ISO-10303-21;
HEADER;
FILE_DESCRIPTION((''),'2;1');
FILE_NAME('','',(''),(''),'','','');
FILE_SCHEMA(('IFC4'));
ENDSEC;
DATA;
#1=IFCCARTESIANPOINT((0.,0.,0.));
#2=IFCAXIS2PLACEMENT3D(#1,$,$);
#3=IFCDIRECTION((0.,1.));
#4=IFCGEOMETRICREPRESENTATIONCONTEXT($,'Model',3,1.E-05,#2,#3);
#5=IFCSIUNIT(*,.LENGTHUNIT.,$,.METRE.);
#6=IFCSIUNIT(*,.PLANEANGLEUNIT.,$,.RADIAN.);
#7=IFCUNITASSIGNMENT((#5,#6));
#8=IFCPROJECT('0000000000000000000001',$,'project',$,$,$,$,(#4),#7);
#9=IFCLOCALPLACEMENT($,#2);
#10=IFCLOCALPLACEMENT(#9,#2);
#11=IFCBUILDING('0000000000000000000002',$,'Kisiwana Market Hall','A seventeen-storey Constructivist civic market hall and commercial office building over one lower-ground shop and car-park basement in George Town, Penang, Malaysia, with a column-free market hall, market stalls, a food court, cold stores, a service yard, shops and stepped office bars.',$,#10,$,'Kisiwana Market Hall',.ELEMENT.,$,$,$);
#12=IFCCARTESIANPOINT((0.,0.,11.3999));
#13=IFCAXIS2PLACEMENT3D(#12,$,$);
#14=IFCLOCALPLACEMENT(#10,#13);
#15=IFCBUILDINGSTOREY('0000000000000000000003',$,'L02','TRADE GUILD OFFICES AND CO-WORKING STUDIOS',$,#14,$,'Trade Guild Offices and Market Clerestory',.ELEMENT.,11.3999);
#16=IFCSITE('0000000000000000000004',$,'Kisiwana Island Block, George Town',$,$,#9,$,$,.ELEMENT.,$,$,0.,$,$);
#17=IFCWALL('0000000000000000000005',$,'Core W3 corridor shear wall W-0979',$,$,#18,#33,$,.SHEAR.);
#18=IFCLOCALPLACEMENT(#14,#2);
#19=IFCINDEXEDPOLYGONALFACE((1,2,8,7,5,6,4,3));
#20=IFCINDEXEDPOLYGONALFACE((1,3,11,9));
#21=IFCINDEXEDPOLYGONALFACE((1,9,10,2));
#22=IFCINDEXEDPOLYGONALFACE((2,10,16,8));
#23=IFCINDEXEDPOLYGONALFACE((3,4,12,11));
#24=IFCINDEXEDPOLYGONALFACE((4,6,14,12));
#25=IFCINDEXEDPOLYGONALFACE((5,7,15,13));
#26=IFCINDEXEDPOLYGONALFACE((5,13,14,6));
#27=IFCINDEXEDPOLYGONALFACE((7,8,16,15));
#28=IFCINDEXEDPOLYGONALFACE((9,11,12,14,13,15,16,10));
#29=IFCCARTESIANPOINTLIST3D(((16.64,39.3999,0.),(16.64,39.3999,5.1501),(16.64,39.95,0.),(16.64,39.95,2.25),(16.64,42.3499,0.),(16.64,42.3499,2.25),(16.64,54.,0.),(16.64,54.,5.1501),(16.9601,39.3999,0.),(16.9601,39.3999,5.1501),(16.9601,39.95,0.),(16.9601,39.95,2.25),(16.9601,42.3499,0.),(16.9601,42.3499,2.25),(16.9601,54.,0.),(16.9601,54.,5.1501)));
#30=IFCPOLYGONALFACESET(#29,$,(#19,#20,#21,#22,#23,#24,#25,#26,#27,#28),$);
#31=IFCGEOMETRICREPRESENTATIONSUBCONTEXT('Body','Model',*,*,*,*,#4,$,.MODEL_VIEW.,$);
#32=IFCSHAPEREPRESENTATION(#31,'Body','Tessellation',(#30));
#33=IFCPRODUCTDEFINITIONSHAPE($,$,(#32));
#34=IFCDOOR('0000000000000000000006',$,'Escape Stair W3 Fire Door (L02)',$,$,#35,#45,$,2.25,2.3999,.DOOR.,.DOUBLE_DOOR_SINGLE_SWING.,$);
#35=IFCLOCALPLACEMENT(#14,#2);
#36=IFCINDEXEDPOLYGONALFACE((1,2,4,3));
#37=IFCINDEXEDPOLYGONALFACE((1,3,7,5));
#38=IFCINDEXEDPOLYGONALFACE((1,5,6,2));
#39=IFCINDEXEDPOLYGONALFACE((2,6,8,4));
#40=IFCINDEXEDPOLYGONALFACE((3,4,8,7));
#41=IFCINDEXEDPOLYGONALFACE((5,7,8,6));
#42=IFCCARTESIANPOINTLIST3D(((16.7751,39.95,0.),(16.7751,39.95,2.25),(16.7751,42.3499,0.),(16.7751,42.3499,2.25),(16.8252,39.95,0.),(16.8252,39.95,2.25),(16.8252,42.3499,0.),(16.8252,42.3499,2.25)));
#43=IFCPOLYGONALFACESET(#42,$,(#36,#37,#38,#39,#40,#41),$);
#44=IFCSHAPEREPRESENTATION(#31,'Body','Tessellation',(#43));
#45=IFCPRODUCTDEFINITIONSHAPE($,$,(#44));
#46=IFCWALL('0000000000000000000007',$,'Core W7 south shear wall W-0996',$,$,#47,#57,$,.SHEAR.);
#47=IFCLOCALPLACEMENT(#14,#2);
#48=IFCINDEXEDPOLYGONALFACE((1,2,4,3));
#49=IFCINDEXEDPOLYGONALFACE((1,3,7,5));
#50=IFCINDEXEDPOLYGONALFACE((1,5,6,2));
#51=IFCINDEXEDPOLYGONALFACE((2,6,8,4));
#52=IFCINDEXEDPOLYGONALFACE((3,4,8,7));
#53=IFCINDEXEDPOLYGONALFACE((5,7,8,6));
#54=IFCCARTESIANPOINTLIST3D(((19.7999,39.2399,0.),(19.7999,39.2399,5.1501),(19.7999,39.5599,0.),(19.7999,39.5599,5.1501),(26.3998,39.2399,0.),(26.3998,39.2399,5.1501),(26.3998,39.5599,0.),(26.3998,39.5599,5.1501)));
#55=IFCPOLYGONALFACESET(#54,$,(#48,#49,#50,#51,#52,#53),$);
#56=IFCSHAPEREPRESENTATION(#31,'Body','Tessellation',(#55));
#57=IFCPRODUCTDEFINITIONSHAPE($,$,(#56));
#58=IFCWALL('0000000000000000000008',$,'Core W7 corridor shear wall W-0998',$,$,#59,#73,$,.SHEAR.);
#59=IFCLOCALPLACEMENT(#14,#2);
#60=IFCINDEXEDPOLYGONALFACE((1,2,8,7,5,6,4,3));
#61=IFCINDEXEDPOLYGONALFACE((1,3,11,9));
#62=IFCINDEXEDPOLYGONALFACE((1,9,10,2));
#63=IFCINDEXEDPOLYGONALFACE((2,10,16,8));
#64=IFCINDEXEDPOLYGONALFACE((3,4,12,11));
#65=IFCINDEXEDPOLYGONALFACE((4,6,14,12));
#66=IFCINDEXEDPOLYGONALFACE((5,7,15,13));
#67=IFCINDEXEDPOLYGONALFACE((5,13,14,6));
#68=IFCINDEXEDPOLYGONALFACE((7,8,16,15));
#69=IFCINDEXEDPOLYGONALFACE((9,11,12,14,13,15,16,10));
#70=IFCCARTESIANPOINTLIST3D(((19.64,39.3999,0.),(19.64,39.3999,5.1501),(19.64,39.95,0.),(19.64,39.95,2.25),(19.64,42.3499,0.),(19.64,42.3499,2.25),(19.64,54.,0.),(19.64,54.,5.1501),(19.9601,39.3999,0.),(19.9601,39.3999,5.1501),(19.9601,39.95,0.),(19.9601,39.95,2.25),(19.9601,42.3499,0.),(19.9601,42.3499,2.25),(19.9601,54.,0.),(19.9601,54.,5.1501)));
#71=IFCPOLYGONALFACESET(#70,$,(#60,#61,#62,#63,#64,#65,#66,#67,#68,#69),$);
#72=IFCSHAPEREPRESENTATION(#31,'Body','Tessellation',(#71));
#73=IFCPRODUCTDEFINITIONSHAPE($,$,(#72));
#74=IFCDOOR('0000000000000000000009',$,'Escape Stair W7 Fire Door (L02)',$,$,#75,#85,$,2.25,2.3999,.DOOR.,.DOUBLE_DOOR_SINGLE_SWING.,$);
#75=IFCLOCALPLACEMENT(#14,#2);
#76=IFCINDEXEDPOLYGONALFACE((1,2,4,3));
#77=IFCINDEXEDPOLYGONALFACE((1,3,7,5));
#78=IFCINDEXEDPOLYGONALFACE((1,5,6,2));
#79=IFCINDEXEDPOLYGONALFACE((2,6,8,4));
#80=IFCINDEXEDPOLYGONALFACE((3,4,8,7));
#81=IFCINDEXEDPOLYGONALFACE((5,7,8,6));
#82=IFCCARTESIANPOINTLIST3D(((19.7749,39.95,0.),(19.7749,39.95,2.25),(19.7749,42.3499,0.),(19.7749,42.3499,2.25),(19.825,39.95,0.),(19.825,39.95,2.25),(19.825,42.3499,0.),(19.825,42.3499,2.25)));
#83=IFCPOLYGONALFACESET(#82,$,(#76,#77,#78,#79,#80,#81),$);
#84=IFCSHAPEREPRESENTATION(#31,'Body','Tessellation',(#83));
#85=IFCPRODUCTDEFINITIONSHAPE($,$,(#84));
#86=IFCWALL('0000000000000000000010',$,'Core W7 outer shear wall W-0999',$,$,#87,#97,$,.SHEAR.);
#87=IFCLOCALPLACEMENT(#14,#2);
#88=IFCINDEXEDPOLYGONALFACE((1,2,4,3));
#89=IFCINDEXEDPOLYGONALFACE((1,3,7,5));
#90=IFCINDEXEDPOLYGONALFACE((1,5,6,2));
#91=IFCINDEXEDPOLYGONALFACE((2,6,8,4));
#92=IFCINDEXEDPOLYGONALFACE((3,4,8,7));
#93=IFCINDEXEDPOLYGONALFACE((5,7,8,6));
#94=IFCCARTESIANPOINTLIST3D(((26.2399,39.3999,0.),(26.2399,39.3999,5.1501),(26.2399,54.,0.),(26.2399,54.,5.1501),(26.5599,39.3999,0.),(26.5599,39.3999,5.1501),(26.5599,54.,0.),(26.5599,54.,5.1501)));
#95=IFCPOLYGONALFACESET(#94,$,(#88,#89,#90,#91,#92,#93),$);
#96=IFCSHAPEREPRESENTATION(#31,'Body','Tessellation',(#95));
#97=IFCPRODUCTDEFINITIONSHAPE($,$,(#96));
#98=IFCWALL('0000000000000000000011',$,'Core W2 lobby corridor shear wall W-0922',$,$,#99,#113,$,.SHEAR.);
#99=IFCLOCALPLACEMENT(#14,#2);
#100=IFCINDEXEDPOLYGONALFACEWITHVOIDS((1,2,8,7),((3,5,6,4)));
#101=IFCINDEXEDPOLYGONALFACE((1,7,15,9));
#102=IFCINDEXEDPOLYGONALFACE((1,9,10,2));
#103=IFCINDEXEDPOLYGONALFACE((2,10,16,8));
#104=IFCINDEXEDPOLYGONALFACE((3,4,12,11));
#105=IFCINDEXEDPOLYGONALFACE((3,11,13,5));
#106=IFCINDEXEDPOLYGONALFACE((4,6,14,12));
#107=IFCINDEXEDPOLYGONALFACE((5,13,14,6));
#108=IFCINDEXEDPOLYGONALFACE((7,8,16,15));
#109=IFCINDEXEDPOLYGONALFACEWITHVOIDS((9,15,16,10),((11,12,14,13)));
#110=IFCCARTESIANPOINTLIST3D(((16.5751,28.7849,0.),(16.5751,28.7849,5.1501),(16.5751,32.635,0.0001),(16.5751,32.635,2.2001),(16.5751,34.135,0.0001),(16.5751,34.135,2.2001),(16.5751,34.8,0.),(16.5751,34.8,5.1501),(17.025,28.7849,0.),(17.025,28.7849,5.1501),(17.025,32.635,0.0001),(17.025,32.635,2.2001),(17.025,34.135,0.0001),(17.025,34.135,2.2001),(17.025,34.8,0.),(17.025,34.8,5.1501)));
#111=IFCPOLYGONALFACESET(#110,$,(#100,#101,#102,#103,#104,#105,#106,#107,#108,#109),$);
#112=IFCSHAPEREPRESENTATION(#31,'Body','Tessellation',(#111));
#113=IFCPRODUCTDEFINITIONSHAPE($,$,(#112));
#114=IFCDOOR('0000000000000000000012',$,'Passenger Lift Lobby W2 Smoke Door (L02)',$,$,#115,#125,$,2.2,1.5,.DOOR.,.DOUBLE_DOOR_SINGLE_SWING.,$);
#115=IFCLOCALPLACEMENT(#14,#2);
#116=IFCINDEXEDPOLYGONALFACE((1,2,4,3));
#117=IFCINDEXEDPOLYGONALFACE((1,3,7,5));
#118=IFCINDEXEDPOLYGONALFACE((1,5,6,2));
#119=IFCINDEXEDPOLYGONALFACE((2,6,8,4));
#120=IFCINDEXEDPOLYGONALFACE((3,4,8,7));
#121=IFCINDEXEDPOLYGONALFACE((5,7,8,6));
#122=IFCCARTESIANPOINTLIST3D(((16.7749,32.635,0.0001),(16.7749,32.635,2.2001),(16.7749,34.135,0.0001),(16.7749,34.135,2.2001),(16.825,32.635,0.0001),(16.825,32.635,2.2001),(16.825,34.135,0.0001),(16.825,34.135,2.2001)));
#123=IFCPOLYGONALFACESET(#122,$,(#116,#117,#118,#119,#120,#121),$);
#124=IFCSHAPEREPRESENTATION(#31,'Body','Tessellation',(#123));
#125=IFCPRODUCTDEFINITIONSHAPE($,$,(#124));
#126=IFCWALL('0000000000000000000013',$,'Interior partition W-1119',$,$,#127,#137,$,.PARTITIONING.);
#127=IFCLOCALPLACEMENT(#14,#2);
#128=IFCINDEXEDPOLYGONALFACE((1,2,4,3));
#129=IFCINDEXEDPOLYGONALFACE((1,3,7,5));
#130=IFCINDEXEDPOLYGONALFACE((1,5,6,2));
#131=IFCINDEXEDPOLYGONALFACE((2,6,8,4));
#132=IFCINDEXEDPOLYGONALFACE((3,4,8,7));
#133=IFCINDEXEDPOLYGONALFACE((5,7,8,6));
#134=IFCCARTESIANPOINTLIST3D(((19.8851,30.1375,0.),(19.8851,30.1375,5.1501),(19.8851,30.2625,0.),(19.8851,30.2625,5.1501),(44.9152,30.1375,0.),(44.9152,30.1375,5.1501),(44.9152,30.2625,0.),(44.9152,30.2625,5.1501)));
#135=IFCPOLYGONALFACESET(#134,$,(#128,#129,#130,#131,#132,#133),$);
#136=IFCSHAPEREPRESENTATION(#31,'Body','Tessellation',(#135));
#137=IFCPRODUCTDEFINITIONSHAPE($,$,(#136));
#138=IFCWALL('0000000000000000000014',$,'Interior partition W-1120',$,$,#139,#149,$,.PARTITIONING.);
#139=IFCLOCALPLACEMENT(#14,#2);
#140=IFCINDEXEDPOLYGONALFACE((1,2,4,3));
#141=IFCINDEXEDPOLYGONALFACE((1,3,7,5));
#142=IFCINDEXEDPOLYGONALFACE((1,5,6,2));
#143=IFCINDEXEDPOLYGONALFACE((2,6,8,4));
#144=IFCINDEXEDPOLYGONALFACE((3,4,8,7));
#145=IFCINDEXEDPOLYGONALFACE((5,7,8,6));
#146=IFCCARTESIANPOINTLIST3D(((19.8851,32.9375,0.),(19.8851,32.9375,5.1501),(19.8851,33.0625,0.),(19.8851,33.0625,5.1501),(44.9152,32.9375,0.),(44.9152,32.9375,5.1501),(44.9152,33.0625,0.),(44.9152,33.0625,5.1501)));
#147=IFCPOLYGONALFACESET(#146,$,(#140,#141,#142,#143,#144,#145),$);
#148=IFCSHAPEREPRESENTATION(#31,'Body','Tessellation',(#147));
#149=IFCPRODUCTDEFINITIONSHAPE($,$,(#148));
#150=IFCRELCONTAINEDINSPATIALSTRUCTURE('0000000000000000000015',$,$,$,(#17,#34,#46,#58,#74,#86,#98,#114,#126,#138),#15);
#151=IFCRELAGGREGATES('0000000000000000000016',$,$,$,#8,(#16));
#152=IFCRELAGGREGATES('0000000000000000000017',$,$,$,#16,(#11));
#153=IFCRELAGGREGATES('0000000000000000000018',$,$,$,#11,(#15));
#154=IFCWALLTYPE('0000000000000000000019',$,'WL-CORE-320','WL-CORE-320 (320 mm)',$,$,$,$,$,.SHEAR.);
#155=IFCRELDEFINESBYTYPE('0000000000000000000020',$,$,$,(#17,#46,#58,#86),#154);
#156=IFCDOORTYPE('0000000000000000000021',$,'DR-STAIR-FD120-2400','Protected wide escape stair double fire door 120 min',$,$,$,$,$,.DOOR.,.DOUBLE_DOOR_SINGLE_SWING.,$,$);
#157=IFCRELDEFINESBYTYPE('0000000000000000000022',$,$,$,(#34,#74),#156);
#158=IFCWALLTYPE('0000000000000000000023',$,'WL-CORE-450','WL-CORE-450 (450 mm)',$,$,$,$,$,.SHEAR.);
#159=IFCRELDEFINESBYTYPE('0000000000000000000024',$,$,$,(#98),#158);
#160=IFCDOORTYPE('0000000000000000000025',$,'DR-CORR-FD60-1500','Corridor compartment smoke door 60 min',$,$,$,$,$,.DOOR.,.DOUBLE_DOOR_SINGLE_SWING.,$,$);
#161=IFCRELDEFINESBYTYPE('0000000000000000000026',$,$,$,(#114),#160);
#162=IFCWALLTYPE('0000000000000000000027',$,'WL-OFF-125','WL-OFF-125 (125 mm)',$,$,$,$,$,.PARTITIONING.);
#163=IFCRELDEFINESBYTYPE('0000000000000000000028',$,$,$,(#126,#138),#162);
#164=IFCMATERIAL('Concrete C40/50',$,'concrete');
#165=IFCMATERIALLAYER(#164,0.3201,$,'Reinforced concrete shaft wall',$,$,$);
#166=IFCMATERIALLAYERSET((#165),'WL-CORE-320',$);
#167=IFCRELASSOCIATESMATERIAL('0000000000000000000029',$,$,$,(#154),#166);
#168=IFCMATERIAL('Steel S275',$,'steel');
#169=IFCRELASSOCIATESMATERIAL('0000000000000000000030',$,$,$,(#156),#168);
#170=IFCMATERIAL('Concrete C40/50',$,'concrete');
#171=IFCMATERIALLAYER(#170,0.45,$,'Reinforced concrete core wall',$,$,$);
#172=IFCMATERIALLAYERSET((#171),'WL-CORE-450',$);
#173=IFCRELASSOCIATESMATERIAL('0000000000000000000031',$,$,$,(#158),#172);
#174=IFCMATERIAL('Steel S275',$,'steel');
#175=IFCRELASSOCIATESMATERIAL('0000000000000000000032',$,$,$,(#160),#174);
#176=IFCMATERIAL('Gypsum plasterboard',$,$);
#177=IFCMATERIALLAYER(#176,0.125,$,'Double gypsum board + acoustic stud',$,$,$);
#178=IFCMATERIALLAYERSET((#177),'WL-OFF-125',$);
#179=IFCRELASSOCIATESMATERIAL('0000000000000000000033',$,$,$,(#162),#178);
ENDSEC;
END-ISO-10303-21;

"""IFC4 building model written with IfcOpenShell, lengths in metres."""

from ifc_helpers import new_model, si_unit, direction, frame, frame_2d, origin, place, context, subcontext, project, spatial, rectangle, extrude, material, layer, layer_set, type_object, element, fill, save


model = new_model("IFC4")

# Units and contexts
model_context = context("Model", 3, precision=1e-05, world=origin(), true_north=direction((0.0, 1.0)))
body_context = subcontext(model_context, "Body", "Model", "MODEL_VIEW")
ifc_project = project(units=[si_unit("LENGTHUNIT", "METRE"), si_unit("PLANEANGLEUNIT", "RADIAN")], contexts=[model_context])

# Site, building, storey
site_placement = place(None, origin())
site = spatial("IfcSite", under=ifc_project, at=site_placement, Name="Kisiwana Island Block, George Town", CompositionType="ELEMENT", RefElevation=0.0)
building_placement = place(site_placement, origin())
building = spatial("IfcBuilding", under=site, at=building_placement, Name="Kisiwana Market Hall", Description="A seventeen-storey Constructivist civic market hall and commercial office building over one lower-ground shop and car-park basement in George Town, Penang, Malaysia, with a column-free market hall, market stalls, a food court, cold stores, a service yard, shops and stepped office bars.", LongName="Kisiwana Market Hall", CompositionType="ELEMENT")
storey_placement = place(building_placement, frame((0.0, 0.0, 11.3999)))
storey = spatial("IfcBuildingStorey", under=building, at=storey_placement, Name="L02", Description="TRADE GUILD OFFICES AND CO-WORKING STUDIOS", LongName="Trade Guild Offices and Market Clerestory", CompositionType="ELEMENT", Elevation=11.3999)

# Shared definitions
ifc_material_1 = material(Name="Concrete C40/50", Category="concrete")
ifc_layer_1 = layer(ifc_material_1, 0.3201, Name="Reinforced concrete shaft wall")
ifc_layer_set_1 = layer_set([ifc_layer_1], Name="WL-CORE-320")
wall_type_1 = type_object("IfcWallType", Name="WL-CORE-320", Description="WL-CORE-320 (320 mm)", PredefinedType="SHEAR", material=ifc_layer_set_1)

# Wall, opening, door
wall_1_placement = place(storey_placement, frame((16.8, 39.3999, 0.0), z_axis=(0.0, 0.0, 1.0), x_axis=(0.0, 1.0, 0.0)))
wall_1 = element("IfcWall", 1, at=wall_1_placement, inside=storey, type_object=wall_type_1, Name="Core W3 corridor shear wall W-0979", PredefinedType="SHEAR", context=body_context, shape_type="SweptSolid", body=[
    extrude(rectangle(XDim=14.6001, YDim=0.3201, at=frame_2d((7.3, 0.0))), origin(), (0.0, 0.0, 1.0), 5.1501),
])
opening_1_placement = place(wall_1_placement, frame((0.55, 0.0, 0.0)))
opening_1 = element("IfcOpeningElement", 2, at=opening_1_placement, cuts=wall_1, PredefinedType="OPENING", context=body_context, shape_type="SweptSolid", body=[
    extrude(rectangle(XDim=2.3999, YDim=2.25, at=frame_2d((1.2, 1.125))), frame((0.0, 0.1719, 0.0), z_axis=(0.0, -1.0, 0.0), x_axis=(1.0, 0.0, 0.0)), (0.0, 0.0, 1.0), 0.344),
])
ifc_material_2 = material(Name="Steel S275", Category="steel")
door_type_1 = type_object("IfcDoorType", Name="DR-STAIR-FD120-2400", Description="Protected wide escape stair double fire door 120 min", OperationType="DOUBLE_DOOR_SINGLE_SWING", PredefinedType="DOOR", material=ifc_material_2)
door_1_placement = place(opening_1_placement, origin())
door_1 = element("IfcDoor", 3, at=door_1_placement, inside=storey, type_object=door_type_1, Name="Escape Stair W3 Fire Door (L02)", OperationType="DOUBLE_DOOR_SINGLE_SWING", OverallHeight=2.25, OverallWidth=2.3999, PredefinedType="DOOR", context=body_context, shape_type="SweptSolid", body=[
    extrude(rectangle(XDim=2.3999, YDim=2.25, at=frame_2d((1.2, 1.125))), frame((0.0, 0.0249, 0.0), z_axis=(0.0, -1.0, 0.0), x_axis=(1.0, 0.0, 0.0)), (0.0, 0.0, 1.0), 0.05),
])
fill(opening_1, door_1)

# Wall
wall_2_placement = place(storey_placement, frame((19.8, 39.3999, 0.0), z_axis=(0.0, 0.0, 1.0), x_axis=(1.0, 0.0, 0.0)))
element("IfcWall", 4, at=wall_2_placement, inside=storey, type_object=wall_type_1, Name="Core W7 south shear wall W-0996", PredefinedType="SHEAR", context=body_context, shape_type="SweptSolid", body=[
    extrude(rectangle(XDim=6.5999, YDim=0.3201, at=frame_2d((3.2998, 0.0))), origin(), (0.0, 0.0, 1.0), 5.1501),
])

# Wall, opening, door
wall_3_placement = place(storey_placement, frame((19.8, 39.3999, 0.0), z_axis=(0.0, 0.0, 1.0), x_axis=(0.0, 1.0, 0.0)))
wall_3 = element("IfcWall", 5, at=wall_3_placement, inside=storey, type_object=wall_type_1, Name="Core W7 corridor shear wall W-0998", PredefinedType="SHEAR", context=body_context, shape_type="SweptSolid", body=[
    extrude(rectangle(XDim=14.6001, YDim=0.3201, at=frame_2d((7.3, 0.0))), origin(), (0.0, 0.0, 1.0), 5.1501),
])
opening_2_placement = place(wall_3_placement, frame((0.55, 0.0, 0.0)))
opening_2 = element("IfcOpeningElement", 6, at=opening_2_placement, cuts=wall_3, PredefinedType="OPENING", context=body_context, shape_type="SweptSolid", body=[
    extrude(rectangle(XDim=2.3999, YDim=2.25, at=frame_2d((1.2, 1.125))), frame((0.0, 0.1719, 0.0), z_axis=(0.0, -1.0, 0.0), x_axis=(1.0, 0.0, 0.0)), (0.0, 0.0, 1.0), 0.344),
])
door_2_placement = place(opening_2_placement, frame((2.3999, 0.0, 0.0), z_axis=(0.0, 0.0, 1.0), x_axis=(-1.0, 0.0, 0.0)))
door_2 = element("IfcDoor", 7, at=door_2_placement, inside=storey, type_object=door_type_1, Name="Escape Stair W7 Fire Door (L02)", OperationType="DOUBLE_DOOR_SINGLE_SWING", OverallHeight=2.25, OverallWidth=2.3999, PredefinedType="DOOR", context=body_context, shape_type="SweptSolid", body=[
    extrude(rectangle(XDim=2.3999, YDim=2.25, at=frame_2d((1.2, 1.125))), frame((0.0, 0.0249, 0.0), z_axis=(0.0, -1.0, 0.0), x_axis=(1.0, 0.0, 0.0)), (0.0, 0.0, 1.0), 0.05),
])
fill(opening_2, door_2)

# Wall
wall_4_placement = place(storey_placement, frame((26.3999, 39.3999, 0.0), z_axis=(0.0, 0.0, 1.0), x_axis=(0.0, 1.0, 0.0)))
element("IfcWall", 8, at=wall_4_placement, inside=storey, type_object=wall_type_1, Name="Core W7 outer shear wall W-0999", PredefinedType="SHEAR", context=body_context, shape_type="SweptSolid", body=[
    extrude(rectangle(XDim=14.6001, YDim=0.3201, at=frame_2d((7.3, 0.0))), origin(), (0.0, 0.0, 1.0), 5.1501),
])

# Wall, opening, door
ifc_material_3 = material(Name="Concrete C40/50", Category="concrete")
ifc_layer_2 = layer(ifc_material_3, 0.45, Name="Reinforced concrete core wall")
ifc_layer_set_2 = layer_set([ifc_layer_2], Name="WL-CORE-450")
wall_type_2 = type_object("IfcWallType", Name="WL-CORE-450", Description="WL-CORE-450 (450 mm)", PredefinedType="SHEAR", material=ifc_layer_set_2)
wall_5_placement = place(storey_placement, frame((16.8, 28.7849, 0.0), z_axis=(0.0, 0.0, 1.0), x_axis=(0.0, 1.0, 0.0)))
wall_5 = element("IfcWall", 9, at=wall_5_placement, inside=storey, type_object=wall_type_2, Name="Core W2 lobby corridor shear wall W-0922", PredefinedType="SHEAR", context=body_context, shape_type="SweptSolid", body=[
    extrude(rectangle(XDim=6.0151, YDim=0.45, at=frame_2d((3.0076, 0.0))), origin(), (0.0, 0.0, 1.0), 5.1501),
])
opening_3_placement = place(wall_5_placement, frame((3.8501, 0.0, 0.0)))
opening_3 = element("IfcOpeningElement", 10, at=opening_3_placement, cuts=wall_5, PredefinedType="OPENING", context=body_context, shape_type="SweptSolid", body=[
    extrude(rectangle(XDim=1.5, YDim=2.2, at=frame_2d((0.75, 1.1001))), frame((0.0, 0.2368, 0.0), z_axis=(0.0, -1.0, 0.0), x_axis=(1.0, 0.0, 0.0)), (0.0, 0.0, 1.0), 0.4739),
])
ifc_material_4 = material(Name="Steel S275", Category="steel")
door_type_2 = type_object("IfcDoorType", Name="DR-CORR-FD60-1500", Description="Corridor compartment smoke door 60 min", OperationType="DOUBLE_DOOR_SINGLE_SWING", PredefinedType="DOOR", material=ifc_material_4)
door_3_placement = place(opening_3_placement, frame((1.5, 0.0, 0.0), z_axis=(0.0, 0.0, 1.0), x_axis=(-1.0, 0.0, 0.0)))
door_3 = element("IfcDoor", 11, at=door_3_placement, inside=storey, type_object=door_type_2, Name="Passenger Lift Lobby W2 Smoke Door (L02)", OperationType="DOUBLE_DOOR_SINGLE_SWING", OverallHeight=2.2, OverallWidth=1.5, PredefinedType="DOOR", context=body_context, shape_type="SweptSolid", body=[
    extrude(rectangle(XDim=1.5, YDim=2.2, at=frame_2d((0.75, 1.1001))), frame((0.0, 0.0249, 0.0), z_axis=(0.0, -1.0, 0.0), x_axis=(1.0, 0.0, 0.0)), (0.0, 0.0, 1.0), 0.05),
])
fill(opening_3, door_3)

# Walls
ifc_material_5 = material(Name="Gypsum plasterboard")
ifc_layer_3 = layer(ifc_material_5, 0.125, Name="Double gypsum board + acoustic stud")
ifc_layer_set_3 = layer_set([ifc_layer_3], Name="WL-OFF-125")
wall_type_3 = type_object("IfcWallType", Name="WL-OFF-125", Description="WL-OFF-125 (125 mm)", PredefinedType="PARTITIONING", material=ifc_layer_set_3)
for number, where, z_axis, x_axis, name in (
    (12, (19.885, 30.2, 0.0), (0.0, 0.0, 1.0), (1.0, 0.0, 0.0), "Interior partition W-1119"),
    (13, (19.885, 33.0, 0.0), (0.0, 0.0, 1.0), (1.0, 0.0, 0.0), "Interior partition W-1120"),
):
    element("IfcWall", number, at=place(storey_placement, frame(where, z_axis=z_axis, x_axis=x_axis)), inside=storey, type_object=wall_type_3, Name=name, PredefinedType="PARTITIONING", context=body_context, shape_type="SweptSolid", body=[
        extrude(rectangle(XDim=25.03, YDim=0.125, at=frame_2d((12.5151, 0.0))), origin(), (0.0, 0.0, 1.0), 5.1501),
    ])

save(model, "model.ifc")
